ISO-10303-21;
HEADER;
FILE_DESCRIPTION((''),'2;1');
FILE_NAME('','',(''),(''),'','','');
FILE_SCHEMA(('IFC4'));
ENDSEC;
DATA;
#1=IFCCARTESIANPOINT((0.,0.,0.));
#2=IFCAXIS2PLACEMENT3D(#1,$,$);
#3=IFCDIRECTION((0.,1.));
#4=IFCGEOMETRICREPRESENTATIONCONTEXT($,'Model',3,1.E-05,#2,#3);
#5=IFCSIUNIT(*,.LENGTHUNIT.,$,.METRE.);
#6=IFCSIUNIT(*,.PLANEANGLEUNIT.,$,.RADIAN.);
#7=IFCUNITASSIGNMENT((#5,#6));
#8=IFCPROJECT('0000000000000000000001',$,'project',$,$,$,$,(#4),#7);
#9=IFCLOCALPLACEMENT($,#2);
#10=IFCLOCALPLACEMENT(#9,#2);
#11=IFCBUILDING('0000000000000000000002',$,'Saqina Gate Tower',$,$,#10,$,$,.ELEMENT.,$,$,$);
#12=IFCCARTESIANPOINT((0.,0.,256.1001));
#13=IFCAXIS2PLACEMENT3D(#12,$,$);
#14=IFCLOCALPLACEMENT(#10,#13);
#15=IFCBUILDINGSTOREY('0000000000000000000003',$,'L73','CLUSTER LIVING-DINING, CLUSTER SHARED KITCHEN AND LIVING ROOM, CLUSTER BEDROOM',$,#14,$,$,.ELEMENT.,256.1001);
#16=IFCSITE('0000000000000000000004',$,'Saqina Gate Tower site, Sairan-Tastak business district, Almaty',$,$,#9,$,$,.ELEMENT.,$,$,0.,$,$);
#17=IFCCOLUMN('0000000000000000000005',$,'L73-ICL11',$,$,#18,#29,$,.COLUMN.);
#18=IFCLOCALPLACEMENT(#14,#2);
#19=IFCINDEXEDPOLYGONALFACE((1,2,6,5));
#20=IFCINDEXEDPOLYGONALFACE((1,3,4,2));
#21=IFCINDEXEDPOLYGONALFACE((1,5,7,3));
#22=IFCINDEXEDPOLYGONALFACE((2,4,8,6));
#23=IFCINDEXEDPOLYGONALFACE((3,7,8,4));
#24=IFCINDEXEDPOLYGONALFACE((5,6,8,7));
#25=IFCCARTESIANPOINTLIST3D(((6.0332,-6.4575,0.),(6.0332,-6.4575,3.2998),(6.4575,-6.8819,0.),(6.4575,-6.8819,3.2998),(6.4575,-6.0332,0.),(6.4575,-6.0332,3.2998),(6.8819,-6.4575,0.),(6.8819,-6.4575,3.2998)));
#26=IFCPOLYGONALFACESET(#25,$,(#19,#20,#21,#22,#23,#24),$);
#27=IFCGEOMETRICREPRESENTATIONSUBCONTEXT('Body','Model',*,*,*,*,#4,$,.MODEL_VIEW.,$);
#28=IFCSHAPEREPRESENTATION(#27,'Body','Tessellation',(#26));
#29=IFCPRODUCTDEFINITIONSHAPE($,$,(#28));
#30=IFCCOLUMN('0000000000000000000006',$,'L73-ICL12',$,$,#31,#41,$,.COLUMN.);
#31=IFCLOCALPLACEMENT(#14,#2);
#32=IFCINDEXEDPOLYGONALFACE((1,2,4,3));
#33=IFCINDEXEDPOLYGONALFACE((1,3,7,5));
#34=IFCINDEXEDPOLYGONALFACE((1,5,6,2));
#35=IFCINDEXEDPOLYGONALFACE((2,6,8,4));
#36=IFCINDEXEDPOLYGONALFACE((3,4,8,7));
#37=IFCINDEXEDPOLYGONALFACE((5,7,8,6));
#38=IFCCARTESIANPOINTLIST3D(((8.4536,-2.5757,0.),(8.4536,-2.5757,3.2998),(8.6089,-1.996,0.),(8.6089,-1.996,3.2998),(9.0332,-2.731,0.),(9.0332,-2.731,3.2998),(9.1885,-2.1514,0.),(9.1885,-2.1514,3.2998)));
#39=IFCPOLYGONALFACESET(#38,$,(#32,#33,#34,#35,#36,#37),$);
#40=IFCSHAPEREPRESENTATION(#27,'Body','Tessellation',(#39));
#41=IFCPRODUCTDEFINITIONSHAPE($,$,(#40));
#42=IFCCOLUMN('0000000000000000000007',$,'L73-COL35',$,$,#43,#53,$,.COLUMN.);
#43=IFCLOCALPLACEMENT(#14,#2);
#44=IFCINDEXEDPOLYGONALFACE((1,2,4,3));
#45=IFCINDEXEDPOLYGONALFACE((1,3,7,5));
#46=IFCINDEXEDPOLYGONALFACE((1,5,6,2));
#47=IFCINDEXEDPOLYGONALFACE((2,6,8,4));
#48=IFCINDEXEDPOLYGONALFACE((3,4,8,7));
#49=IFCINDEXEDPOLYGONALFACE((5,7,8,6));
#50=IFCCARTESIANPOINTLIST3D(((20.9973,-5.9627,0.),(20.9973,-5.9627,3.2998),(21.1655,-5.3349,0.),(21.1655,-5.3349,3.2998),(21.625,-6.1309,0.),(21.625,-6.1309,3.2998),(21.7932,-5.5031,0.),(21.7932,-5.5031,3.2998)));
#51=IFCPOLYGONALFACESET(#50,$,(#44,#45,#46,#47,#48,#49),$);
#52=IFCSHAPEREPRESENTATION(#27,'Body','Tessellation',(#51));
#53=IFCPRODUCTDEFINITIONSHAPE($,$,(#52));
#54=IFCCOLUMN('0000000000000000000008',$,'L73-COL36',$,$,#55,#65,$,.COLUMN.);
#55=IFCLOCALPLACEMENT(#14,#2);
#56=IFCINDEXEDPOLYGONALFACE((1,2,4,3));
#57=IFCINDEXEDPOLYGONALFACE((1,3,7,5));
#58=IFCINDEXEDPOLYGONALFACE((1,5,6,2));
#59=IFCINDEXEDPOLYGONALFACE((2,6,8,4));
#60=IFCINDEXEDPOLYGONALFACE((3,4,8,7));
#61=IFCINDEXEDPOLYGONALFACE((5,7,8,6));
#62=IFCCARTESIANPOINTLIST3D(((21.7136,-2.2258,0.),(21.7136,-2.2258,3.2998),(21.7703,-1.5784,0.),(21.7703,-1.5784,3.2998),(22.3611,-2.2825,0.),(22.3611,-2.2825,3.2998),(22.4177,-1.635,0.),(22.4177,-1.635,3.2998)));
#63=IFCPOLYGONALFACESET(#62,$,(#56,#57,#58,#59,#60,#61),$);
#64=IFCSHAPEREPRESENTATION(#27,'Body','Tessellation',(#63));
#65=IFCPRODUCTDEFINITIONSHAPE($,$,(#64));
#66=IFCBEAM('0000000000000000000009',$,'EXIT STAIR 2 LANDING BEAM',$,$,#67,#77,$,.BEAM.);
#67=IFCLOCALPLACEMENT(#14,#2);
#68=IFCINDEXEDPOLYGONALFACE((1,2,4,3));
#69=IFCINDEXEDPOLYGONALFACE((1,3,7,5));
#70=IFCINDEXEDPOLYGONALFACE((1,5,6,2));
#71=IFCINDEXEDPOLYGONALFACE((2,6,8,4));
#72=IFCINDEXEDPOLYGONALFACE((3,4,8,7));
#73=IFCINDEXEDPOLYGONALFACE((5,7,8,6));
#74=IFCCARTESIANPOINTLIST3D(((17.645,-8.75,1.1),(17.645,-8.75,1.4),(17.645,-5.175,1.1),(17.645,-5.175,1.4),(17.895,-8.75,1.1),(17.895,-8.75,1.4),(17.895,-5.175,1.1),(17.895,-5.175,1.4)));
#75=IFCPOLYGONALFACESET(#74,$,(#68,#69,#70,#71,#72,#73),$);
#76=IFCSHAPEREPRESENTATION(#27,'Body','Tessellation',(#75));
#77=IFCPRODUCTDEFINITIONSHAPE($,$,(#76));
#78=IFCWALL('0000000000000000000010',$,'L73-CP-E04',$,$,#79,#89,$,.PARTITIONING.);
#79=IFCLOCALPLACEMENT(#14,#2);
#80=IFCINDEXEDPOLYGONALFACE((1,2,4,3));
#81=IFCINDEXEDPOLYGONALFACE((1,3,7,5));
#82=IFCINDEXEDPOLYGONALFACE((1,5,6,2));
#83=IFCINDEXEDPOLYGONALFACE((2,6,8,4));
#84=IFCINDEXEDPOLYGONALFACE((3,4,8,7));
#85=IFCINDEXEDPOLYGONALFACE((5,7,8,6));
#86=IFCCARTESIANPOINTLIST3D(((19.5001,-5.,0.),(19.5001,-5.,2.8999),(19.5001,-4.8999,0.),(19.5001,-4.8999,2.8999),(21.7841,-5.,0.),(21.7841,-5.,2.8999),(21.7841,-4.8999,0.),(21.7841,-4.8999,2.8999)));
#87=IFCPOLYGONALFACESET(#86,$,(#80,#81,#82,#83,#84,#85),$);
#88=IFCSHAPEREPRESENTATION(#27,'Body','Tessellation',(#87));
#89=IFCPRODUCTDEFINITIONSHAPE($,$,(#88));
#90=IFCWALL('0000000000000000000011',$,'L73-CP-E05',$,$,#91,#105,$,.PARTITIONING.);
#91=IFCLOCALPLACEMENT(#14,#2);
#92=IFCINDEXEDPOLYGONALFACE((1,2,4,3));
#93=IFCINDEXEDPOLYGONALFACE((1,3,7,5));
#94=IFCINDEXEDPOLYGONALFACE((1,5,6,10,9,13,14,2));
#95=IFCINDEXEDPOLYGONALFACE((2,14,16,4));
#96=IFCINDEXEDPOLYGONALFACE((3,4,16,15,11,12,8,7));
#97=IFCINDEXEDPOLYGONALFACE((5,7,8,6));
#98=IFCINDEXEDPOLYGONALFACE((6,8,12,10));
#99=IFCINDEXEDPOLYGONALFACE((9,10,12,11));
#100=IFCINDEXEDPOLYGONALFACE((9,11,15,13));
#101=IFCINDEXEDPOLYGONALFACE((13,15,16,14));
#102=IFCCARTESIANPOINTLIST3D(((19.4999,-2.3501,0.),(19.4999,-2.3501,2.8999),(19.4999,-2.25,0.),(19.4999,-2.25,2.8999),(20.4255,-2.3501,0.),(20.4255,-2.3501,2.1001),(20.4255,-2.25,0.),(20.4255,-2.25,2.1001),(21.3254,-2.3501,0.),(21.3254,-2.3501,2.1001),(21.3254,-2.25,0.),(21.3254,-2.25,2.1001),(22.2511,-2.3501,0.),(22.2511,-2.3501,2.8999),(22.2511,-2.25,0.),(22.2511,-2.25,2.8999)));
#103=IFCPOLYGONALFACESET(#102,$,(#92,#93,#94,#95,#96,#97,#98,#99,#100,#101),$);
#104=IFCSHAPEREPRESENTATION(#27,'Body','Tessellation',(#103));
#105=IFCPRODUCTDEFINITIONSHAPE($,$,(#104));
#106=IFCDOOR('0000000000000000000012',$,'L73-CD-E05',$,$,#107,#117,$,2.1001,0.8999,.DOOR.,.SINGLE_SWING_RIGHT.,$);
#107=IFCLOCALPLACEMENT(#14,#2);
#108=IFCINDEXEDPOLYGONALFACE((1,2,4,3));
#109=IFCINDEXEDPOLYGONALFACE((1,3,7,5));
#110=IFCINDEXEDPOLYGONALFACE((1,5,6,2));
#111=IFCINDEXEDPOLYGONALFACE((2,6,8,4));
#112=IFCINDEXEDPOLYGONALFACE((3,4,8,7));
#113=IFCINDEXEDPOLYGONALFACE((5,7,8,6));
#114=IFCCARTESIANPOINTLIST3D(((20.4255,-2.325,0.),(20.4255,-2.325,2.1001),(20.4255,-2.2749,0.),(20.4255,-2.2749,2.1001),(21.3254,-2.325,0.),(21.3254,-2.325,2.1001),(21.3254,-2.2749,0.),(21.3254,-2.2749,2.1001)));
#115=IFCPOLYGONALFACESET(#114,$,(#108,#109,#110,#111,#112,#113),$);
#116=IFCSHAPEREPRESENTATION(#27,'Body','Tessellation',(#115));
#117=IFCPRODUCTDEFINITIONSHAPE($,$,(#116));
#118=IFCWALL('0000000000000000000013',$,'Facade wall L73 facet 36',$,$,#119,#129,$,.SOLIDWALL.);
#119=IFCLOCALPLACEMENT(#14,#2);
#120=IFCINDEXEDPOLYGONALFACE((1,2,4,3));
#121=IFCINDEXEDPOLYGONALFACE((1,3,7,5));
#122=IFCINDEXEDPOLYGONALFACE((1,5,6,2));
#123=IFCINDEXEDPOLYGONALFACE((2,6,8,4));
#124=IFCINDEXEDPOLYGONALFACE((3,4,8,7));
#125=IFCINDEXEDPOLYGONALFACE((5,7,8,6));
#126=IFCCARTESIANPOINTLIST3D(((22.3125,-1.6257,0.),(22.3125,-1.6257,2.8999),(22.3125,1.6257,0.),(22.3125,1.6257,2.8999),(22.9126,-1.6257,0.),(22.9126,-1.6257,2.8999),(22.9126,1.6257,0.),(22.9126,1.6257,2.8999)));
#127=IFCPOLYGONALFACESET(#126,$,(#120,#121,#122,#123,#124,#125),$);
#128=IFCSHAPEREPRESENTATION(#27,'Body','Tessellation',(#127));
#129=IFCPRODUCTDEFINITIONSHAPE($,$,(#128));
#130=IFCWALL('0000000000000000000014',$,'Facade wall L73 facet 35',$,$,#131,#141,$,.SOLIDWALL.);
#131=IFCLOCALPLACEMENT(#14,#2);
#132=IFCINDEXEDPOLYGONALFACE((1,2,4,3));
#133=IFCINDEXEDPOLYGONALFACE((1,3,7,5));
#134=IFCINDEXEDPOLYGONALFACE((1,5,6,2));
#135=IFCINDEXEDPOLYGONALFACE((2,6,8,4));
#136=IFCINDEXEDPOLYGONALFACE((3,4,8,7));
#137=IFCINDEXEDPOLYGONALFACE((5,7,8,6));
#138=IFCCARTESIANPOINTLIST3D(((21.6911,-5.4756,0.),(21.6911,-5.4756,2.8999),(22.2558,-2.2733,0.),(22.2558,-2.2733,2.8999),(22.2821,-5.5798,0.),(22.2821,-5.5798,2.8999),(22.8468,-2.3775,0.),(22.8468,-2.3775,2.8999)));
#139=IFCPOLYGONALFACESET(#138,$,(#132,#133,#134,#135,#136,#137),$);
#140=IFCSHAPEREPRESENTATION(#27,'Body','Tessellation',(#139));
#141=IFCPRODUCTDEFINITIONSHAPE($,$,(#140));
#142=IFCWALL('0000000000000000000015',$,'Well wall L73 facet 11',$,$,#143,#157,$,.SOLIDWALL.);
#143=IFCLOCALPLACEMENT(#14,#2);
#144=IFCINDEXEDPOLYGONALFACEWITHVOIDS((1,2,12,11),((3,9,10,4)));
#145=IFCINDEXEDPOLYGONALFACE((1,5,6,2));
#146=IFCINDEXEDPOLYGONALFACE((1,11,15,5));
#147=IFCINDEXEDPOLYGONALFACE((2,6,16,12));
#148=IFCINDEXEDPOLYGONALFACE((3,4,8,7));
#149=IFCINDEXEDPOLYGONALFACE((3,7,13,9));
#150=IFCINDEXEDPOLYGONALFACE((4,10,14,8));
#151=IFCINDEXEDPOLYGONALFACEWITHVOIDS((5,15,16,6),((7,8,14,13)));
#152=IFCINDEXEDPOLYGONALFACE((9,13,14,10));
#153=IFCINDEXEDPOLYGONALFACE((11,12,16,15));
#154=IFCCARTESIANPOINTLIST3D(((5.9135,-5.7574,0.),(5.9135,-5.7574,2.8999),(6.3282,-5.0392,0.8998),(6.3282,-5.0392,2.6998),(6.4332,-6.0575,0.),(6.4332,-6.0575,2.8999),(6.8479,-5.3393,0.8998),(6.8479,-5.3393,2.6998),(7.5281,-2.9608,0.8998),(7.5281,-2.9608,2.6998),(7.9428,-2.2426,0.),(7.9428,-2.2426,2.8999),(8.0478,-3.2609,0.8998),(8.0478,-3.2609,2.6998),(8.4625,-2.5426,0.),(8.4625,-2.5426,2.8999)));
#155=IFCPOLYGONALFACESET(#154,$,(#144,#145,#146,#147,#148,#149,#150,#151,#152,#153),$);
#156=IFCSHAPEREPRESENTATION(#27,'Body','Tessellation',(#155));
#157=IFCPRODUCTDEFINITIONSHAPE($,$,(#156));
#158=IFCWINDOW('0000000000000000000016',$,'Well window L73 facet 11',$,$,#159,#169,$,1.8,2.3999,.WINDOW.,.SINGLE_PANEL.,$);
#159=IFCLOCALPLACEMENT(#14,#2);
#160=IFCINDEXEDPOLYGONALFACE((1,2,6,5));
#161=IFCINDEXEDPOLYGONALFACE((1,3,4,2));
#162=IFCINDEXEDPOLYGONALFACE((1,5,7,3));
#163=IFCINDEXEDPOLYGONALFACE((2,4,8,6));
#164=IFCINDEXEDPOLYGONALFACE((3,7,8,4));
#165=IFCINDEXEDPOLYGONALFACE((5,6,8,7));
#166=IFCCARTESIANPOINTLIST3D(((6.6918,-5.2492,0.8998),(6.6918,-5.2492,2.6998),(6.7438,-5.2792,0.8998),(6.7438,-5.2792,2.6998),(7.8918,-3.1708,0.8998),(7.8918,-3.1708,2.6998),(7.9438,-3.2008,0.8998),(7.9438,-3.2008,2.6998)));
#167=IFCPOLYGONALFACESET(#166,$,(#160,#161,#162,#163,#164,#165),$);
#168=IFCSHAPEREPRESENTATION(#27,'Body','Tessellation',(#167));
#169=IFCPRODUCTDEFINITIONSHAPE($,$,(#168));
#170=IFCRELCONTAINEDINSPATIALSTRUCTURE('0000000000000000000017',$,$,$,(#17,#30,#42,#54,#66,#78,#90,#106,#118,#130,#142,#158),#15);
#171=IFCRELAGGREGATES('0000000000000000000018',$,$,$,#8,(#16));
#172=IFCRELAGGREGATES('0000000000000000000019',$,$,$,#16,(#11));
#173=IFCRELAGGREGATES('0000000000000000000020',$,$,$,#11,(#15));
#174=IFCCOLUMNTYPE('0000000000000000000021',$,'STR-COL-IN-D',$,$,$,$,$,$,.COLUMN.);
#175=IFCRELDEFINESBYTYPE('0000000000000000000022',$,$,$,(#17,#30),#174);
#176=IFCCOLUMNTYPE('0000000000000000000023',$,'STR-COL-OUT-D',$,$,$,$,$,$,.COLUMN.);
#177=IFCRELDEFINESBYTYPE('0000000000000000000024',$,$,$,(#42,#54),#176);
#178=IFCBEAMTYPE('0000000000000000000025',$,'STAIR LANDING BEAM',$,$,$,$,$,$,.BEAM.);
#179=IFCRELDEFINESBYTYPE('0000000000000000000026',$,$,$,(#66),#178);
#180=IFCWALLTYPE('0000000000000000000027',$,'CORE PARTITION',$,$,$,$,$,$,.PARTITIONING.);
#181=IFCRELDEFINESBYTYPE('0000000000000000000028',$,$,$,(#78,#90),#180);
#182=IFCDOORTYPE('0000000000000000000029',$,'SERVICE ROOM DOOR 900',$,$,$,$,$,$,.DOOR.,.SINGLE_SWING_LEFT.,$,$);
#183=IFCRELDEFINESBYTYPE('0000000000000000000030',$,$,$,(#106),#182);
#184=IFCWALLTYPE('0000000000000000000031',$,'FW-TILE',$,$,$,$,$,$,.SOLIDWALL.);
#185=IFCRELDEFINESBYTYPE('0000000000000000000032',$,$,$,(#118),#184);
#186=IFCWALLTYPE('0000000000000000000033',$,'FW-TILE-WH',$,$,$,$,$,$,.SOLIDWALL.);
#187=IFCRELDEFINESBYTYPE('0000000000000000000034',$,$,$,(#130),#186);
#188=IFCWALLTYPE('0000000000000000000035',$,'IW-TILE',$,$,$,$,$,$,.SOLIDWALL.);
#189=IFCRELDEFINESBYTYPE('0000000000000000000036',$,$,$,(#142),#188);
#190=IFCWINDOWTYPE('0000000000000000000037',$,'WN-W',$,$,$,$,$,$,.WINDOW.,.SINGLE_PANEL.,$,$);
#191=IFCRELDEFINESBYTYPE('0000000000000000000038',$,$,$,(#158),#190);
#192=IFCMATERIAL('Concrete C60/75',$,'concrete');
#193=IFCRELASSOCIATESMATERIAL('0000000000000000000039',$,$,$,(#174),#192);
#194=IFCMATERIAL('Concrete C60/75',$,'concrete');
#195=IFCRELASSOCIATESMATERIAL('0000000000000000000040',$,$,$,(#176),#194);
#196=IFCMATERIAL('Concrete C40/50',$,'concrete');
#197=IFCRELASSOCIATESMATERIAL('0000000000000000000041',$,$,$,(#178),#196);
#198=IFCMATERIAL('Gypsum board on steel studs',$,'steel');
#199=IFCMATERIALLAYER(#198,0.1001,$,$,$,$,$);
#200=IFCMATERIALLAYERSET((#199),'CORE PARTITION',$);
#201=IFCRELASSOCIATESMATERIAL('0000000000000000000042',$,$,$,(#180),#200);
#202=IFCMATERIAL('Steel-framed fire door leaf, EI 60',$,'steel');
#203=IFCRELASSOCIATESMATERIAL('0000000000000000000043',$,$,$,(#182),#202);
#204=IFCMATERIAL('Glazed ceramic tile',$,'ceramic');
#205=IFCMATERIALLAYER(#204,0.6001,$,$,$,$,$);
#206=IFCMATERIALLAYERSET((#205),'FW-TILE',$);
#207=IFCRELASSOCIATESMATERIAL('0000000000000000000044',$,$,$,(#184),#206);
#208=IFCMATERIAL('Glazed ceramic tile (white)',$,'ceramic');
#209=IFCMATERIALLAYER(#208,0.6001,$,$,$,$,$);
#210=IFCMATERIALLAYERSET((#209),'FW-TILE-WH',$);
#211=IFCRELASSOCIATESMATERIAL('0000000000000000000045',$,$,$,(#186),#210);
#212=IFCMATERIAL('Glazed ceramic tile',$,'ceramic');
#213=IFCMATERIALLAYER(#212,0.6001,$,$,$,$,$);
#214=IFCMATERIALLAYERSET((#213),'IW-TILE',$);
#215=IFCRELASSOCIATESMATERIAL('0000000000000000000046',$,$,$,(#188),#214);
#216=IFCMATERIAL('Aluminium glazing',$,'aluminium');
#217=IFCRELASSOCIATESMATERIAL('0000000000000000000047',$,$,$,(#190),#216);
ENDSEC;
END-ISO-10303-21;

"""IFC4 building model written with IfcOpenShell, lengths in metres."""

from ifc_helpers import new_model, si_unit, direction, frame, frame_2d, origin, origin_2d, place, context, subcontext, project, spatial, rectangle, extrude, material, layer, layer_set, material_profile, profile_set, type_object, element, fill, save


model = new_model("IFC4")

# Units and contexts
model_context = context("Model", 3, precision=1e-05, world=origin(), true_north=direction((0.0, 1.0)))
body_context = subcontext(model_context, "Body", "Model", "MODEL_VIEW")
ifc_project = project(units=[si_unit("LENGTHUNIT", "METRE"), si_unit("PLANEANGLEUNIT", "RADIAN")], contexts=[model_context])

# Site, building, storey
site_placement = place(None, origin())
site = spatial("IfcSite", under=ifc_project, at=site_placement, Name="Saqina Gate Tower site, Sairan-Tastak business district, Almaty", CompositionType="ELEMENT", RefElevation=0.0)
building_placement = place(site_placement, origin())
building = spatial("IfcBuilding", under=site, at=building_placement, Name="Saqina Gate Tower", CompositionType="ELEMENT")
storey_placement = place(building_placement, frame((0.0, 0.0, 256.1001)))
storey = spatial("IfcBuildingStorey", under=building, at=storey_placement, Name="L73", Description="CLUSTER LIVING-DINING, CLUSTER SHARED KITCHEN AND LIVING ROOM, CLUSTER BEDROOM", CompositionType="ELEMENT", Elevation=256.1001)

# Columns
ifc_material_1 = material(Name="Concrete C60/75", Category="concrete")
ifc_material_profile_1 = material_profile(ifc_material_1, rectangle(XDim=0.6001, YDim=0.6001, at=origin_2d()), Name="RC 600x600")
ifc_profile_set_1 = profile_set([ifc_material_profile_1], Name="Concrete C60/75")
column_type_1 = type_object("IfcColumnType", Name="STR-COL-IN-D", PredefinedType="COLUMN", material=ifc_profile_set_1)
for number, where, z_axis, x_axis, name in (
    (1, (6.4575, -6.4575, 0.0), (0.0, 0.0, 1.0), (0.707107, -0.707107, 0.0), "L73-ICL11"),
    (2, (8.821, -2.3635, 0.0), (0.0, 0.0, 1.0), (0.965926, -0.258819, 0.0), "L73-ICL12"),
):
    element("IfcColumn", number, at=place(storey_placement, frame(where, z_axis=z_axis, x_axis=x_axis)), inside=storey, type_object=column_type_1, Name=name, PredefinedType="COLUMN", context=body_context, shape_type="SweptSolid", body=[
        extrude(rectangle(XDim=0.6001, YDim=0.6001, at=origin_2d()), origin(), (0.0, 0.0, 1.0), 3.2998),
    ])
ifc_material_2 = material(Name="Concrete C60/75", Category="concrete")
ifc_material_profile_2 = material_profile(ifc_material_2, rectangle(XDim=0.6499, YDim=0.6499, at=origin_2d()), Name="RC 650x650")
ifc_profile_set_2 = profile_set([ifc_material_profile_2], Name="Concrete C60/75")
column_type_2 = type_object("IfcColumnType", Name="STR-COL-OUT-D", PredefinedType="COLUMN", material=ifc_profile_set_2)
for number, where, z_axis, x_axis, name in (
    (3, (21.3953, -5.7329, 0.0), (0.0, 0.0, 1.0), (0.965926, -0.258819, 0.0), "L73-COL35"),
    (4, (22.0657, -1.9304, 0.0), (0.0, 0.0, 1.0), (0.996195, -0.087156, 0.0), "L73-COL36"),
):
    element("IfcColumn", number, at=place(storey_placement, frame(where, z_axis=z_axis, x_axis=x_axis)), inside=storey, type_object=column_type_2, Name=name, PredefinedType="COLUMN", context=body_context, shape_type="SweptSolid", body=[
        extrude(rectangle(XDim=0.6499, YDim=0.6499, at=origin_2d()), origin(), (0.0, 0.0, 1.0), 3.2998),
    ])

# Beam
ifc_material_3 = material(Name="Concrete C40/50", Category="concrete")
ifc_material_profile_3 = material_profile(ifc_material_3, rectangle(XDim=0.25, YDim=0.3, at=origin_2d()), Name="STAIR LANDING BEAM")
ifc_profile_set_3 = profile_set([ifc_material_profile_3], Name="Concrete C40/50")
beam_type = type_object("IfcBeamType", Name="STAIR LANDING BEAM", PredefinedType="BEAM", material=ifc_profile_set_3)
beam_placement = place(storey_placement, frame((17.77, -8.75, 1.25), z_axis=(0.0, 1.0, 0.0), x_axis=(-1.0, 0.0, 0.0)))
element("IfcBeam", 5, at=beam_placement, inside=storey, type_object=beam_type, Name="EXIT STAIR 2 LANDING BEAM", PredefinedType="BEAM", context=body_context, shape_type="SweptSolid", body=[
    extrude(rectangle(XDim=0.25, YDim=0.3, at=origin_2d()), origin(), (0.0, 0.0, 1.0), 3.575),
])

# Wall
ifc_material_4 = material(Name="Gypsum board on steel studs", Category="steel")
ifc_layer_1 = layer(ifc_material_4, 0.1001)
ifc_layer_set_1 = layer_set([ifc_layer_1], Name="CORE PARTITION")
wall_type_1 = type_object("IfcWallType", Name="CORE PARTITION", PredefinedType="PARTITIONING", material=ifc_layer_set_1)
wall_1_placement = place(storey_placement, frame((19.5, -4.95, 0.0), z_axis=(0.0, 0.0, 1.0), x_axis=(1.0, 0.0, 0.0)))
element("IfcWall", 6, at=wall_1_placement, inside=storey, type_object=wall_type_1, Name="L73-CP-E04", PredefinedType="PARTITIONING", context=body_context, shape_type="SweptSolid", body=[
    extrude(rectangle(XDim=2.2839, YDim=0.1001, at=frame_2d((1.1421, 0.0))), origin(), (0.0, 0.0, 1.0), 2.8999),
])

# Wall, opening, door
wall_2_placement = place(storey_placement, frame((19.5, -2.3, 0.0), z_axis=(0.0, 0.0, 1.0), x_axis=(1.0, 0.0, 0.0)))
wall_2 = element("IfcWall", 7, at=wall_2_placement, inside=storey, type_object=wall_type_1, Name="L73-CP-E05", PredefinedType="PARTITIONING", context=body_context, shape_type="SweptSolid", body=[
    extrude(rectangle(XDim=2.7512, YDim=0.1001, at=frame_2d((1.3755, 0.0))), origin(), (0.0, 0.0, 1.0), 2.8999),
])
opening_1_placement = place(wall_2_placement, frame((0.9255, 0.0, 0.0)))
opening_1 = element("IfcOpeningElement", 8, at=opening_1_placement, cuts=wall_2, PredefinedType="OPENING", context=body_context, shape_type="SweptSolid", body=[
    extrude(rectangle(XDim=0.8999, YDim=2.1001, at=frame_2d((0.45, 1.05))), frame((0.0, 0.062, 0.0), z_axis=(0.0, -1.0, 0.0), x_axis=(1.0, 0.0, 0.0)), (0.0, 0.0, 1.0), 0.124),
])
ifc_material_5 = material(Name="Steel-framed fire door leaf, EI 60", Category="steel")
door_type_1 = type_object("IfcDoorType", Name="SERVICE ROOM DOOR 900", OperationType="SINGLE_SWING_LEFT", PredefinedType="DOOR", material=ifc_material_5)
door_1_placement = place(opening_1_placement, frame((0.8999, 0.0, 0.0), z_axis=(0.0, 0.0, 1.0), x_axis=(-1.0, 0.0, 0.0)))
door_1 = element("IfcDoor", 9, at=door_1_placement, inside=storey, type_object=door_type_1, Name="L73-CD-E05", OperationType="SINGLE_SWING_RIGHT", OverallHeight=2.1001, OverallWidth=0.8999, PredefinedType="DOOR", context=body_context, shape_type="SweptSolid", body=[
    extrude(rectangle(XDim=0.8999, YDim=2.1001, at=frame_2d((0.45, 1.05))), frame((0.0, 0.0249, 0.0), z_axis=(0.0, -1.0, 0.0), x_axis=(1.0, 0.0, 0.0)), (0.0, 0.0, 1.0), 0.05),
])
fill(opening_1, door_1)

# Walls
ifc_material_6 = material(Name="Glazed ceramic tile", Category="ceramic")
ifc_layer_2 = layer(ifc_material_6, 0.6001)
ifc_layer_set_2 = layer_set([ifc_layer_2], Name="FW-TILE")
wall_type_2 = type_object("IfcWallType", Name="FW-TILE", PredefinedType="SOLIDWALL", material=ifc_layer_set_2)
wall_3_placement = place(storey_placement, frame((22.6125, -1.6257, 0.0), z_axis=(0.0, 0.0, 1.0), x_axis=(0.0, 1.0, 0.0)))
element("IfcWall", 10, at=wall_3_placement, inside=storey, type_object=wall_type_2, Name="Facade wall L73 facet 36", PredefinedType="SOLIDWALL", context=body_context, shape_type="SweptSolid", body=[
    extrude(rectangle(XDim=3.2515, YDim=0.6001, at=frame_2d((1.6257, 0.0))), origin(), (0.0, 0.0, 1.0), 2.8999),
])
ifc_material_7 = material(Name="Glazed ceramic tile (white)", Category="ceramic")
ifc_layer_3 = layer(ifc_material_7, 0.6001)
ifc_layer_set_3 = layer_set([ifc_layer_3], Name="FW-TILE-WH")
wall_type_3 = type_object("IfcWallType", Name="FW-TILE-WH", PredefinedType="SOLIDWALL", material=ifc_layer_set_3)
wall_4_placement = place(storey_placement, frame((21.9866, -5.5278, 0.0), z_axis=(0.0, 0.0, 1.0), x_axis=(0.173657, 0.984806, 0.0)))
element("IfcWall", 11, at=wall_4_placement, inside=storey, type_object=wall_type_3, Name="Facade wall L73 facet 35", PredefinedType="SOLIDWALL", context=body_context, shape_type="SweptSolid", body=[
    extrude(rectangle(XDim=3.2517, YDim=0.6001, at=frame_2d((1.626, 0.0))), origin(), (0.0, 0.0, 1.0), 2.8999),
])

# Wall, opening, window
ifc_material_8 = material(Name="Glazed ceramic tile", Category="ceramic")
ifc_layer_4 = layer(ifc_material_8, 0.6001)
ifc_layer_set_4 = layer_set([ifc_layer_4], Name="IW-TILE")
wall_type_4 = type_object("IfcWallType", Name="IW-TILE", PredefinedType="SOLIDWALL", material=ifc_layer_set_4)
wall_5_placement = place(storey_placement, frame((6.1733, -5.9075, 0.0), z_axis=(0.0, 0.0, 1.0), x_axis=(0.499995, 0.866028, 0.0)))
wall_5 = element("IfcWall", 12, at=wall_5_placement, inside=storey, type_object=wall_type_4, Name="Well wall L73 facet 11", PredefinedType="SOLIDWALL", context=body_context, shape_type="SweptSolid", body=[
    extrude(rectangle(XDim=4.0586, YDim=0.6001, at=frame_2d((2.0293, 0.0))), origin(), (0.0, 0.0, 1.0), 2.8999),
])
opening_2_placement = place(wall_5_placement, frame((0.8293, 0.0, 0.8999)))
opening_2 = element("IfcOpeningElement", 13, at=opening_2_placement, cuts=wall_5, PredefinedType="OPENING", context=body_context, shape_type="SweptSolid", body=[
    extrude(rectangle(XDim=2.3999, YDim=1.8, at=frame_2d((1.2, 0.8999))), frame((0.0, 0.312, 0.0), z_axis=(0.0, -1.0, 0.0), x_axis=(1.0, 0.0, 0.0)), (0.0, 0.0, 1.0), 0.624),
])
ifc_material_9 = material(Name="Aluminium glazing", Category="aluminium")
window_type = type_object("IfcWindowType", Name="WN-W", PartitioningType="SINGLE_PANEL", PredefinedType="WINDOW", material=ifc_material_9)
window_1_placement = place(opening_2_placement, origin())
window_1 = element("IfcWindow", 14, at=window_1_placement, inside=storey, type_object=window_type, Name="Well window L73 facet 11", OverallHeight=1.8, OverallWidth=2.3999, PartitioningType="SINGLE_PANEL", PredefinedType="WINDOW", context=body_context, shape_type="SweptSolid", body=[
    extrude(rectangle(XDim=2.3999, YDim=1.8, at=frame_2d((1.2, 0.8999))), frame((0.0, -0.1199, 0.0), z_axis=(0.0, -1.0, 0.0), x_axis=(1.0, 0.0, 0.0)), (0.0, 0.0, 1.0), 0.0601),
])
fill(opening_2, window_1)

save(model, "model.ifc")
